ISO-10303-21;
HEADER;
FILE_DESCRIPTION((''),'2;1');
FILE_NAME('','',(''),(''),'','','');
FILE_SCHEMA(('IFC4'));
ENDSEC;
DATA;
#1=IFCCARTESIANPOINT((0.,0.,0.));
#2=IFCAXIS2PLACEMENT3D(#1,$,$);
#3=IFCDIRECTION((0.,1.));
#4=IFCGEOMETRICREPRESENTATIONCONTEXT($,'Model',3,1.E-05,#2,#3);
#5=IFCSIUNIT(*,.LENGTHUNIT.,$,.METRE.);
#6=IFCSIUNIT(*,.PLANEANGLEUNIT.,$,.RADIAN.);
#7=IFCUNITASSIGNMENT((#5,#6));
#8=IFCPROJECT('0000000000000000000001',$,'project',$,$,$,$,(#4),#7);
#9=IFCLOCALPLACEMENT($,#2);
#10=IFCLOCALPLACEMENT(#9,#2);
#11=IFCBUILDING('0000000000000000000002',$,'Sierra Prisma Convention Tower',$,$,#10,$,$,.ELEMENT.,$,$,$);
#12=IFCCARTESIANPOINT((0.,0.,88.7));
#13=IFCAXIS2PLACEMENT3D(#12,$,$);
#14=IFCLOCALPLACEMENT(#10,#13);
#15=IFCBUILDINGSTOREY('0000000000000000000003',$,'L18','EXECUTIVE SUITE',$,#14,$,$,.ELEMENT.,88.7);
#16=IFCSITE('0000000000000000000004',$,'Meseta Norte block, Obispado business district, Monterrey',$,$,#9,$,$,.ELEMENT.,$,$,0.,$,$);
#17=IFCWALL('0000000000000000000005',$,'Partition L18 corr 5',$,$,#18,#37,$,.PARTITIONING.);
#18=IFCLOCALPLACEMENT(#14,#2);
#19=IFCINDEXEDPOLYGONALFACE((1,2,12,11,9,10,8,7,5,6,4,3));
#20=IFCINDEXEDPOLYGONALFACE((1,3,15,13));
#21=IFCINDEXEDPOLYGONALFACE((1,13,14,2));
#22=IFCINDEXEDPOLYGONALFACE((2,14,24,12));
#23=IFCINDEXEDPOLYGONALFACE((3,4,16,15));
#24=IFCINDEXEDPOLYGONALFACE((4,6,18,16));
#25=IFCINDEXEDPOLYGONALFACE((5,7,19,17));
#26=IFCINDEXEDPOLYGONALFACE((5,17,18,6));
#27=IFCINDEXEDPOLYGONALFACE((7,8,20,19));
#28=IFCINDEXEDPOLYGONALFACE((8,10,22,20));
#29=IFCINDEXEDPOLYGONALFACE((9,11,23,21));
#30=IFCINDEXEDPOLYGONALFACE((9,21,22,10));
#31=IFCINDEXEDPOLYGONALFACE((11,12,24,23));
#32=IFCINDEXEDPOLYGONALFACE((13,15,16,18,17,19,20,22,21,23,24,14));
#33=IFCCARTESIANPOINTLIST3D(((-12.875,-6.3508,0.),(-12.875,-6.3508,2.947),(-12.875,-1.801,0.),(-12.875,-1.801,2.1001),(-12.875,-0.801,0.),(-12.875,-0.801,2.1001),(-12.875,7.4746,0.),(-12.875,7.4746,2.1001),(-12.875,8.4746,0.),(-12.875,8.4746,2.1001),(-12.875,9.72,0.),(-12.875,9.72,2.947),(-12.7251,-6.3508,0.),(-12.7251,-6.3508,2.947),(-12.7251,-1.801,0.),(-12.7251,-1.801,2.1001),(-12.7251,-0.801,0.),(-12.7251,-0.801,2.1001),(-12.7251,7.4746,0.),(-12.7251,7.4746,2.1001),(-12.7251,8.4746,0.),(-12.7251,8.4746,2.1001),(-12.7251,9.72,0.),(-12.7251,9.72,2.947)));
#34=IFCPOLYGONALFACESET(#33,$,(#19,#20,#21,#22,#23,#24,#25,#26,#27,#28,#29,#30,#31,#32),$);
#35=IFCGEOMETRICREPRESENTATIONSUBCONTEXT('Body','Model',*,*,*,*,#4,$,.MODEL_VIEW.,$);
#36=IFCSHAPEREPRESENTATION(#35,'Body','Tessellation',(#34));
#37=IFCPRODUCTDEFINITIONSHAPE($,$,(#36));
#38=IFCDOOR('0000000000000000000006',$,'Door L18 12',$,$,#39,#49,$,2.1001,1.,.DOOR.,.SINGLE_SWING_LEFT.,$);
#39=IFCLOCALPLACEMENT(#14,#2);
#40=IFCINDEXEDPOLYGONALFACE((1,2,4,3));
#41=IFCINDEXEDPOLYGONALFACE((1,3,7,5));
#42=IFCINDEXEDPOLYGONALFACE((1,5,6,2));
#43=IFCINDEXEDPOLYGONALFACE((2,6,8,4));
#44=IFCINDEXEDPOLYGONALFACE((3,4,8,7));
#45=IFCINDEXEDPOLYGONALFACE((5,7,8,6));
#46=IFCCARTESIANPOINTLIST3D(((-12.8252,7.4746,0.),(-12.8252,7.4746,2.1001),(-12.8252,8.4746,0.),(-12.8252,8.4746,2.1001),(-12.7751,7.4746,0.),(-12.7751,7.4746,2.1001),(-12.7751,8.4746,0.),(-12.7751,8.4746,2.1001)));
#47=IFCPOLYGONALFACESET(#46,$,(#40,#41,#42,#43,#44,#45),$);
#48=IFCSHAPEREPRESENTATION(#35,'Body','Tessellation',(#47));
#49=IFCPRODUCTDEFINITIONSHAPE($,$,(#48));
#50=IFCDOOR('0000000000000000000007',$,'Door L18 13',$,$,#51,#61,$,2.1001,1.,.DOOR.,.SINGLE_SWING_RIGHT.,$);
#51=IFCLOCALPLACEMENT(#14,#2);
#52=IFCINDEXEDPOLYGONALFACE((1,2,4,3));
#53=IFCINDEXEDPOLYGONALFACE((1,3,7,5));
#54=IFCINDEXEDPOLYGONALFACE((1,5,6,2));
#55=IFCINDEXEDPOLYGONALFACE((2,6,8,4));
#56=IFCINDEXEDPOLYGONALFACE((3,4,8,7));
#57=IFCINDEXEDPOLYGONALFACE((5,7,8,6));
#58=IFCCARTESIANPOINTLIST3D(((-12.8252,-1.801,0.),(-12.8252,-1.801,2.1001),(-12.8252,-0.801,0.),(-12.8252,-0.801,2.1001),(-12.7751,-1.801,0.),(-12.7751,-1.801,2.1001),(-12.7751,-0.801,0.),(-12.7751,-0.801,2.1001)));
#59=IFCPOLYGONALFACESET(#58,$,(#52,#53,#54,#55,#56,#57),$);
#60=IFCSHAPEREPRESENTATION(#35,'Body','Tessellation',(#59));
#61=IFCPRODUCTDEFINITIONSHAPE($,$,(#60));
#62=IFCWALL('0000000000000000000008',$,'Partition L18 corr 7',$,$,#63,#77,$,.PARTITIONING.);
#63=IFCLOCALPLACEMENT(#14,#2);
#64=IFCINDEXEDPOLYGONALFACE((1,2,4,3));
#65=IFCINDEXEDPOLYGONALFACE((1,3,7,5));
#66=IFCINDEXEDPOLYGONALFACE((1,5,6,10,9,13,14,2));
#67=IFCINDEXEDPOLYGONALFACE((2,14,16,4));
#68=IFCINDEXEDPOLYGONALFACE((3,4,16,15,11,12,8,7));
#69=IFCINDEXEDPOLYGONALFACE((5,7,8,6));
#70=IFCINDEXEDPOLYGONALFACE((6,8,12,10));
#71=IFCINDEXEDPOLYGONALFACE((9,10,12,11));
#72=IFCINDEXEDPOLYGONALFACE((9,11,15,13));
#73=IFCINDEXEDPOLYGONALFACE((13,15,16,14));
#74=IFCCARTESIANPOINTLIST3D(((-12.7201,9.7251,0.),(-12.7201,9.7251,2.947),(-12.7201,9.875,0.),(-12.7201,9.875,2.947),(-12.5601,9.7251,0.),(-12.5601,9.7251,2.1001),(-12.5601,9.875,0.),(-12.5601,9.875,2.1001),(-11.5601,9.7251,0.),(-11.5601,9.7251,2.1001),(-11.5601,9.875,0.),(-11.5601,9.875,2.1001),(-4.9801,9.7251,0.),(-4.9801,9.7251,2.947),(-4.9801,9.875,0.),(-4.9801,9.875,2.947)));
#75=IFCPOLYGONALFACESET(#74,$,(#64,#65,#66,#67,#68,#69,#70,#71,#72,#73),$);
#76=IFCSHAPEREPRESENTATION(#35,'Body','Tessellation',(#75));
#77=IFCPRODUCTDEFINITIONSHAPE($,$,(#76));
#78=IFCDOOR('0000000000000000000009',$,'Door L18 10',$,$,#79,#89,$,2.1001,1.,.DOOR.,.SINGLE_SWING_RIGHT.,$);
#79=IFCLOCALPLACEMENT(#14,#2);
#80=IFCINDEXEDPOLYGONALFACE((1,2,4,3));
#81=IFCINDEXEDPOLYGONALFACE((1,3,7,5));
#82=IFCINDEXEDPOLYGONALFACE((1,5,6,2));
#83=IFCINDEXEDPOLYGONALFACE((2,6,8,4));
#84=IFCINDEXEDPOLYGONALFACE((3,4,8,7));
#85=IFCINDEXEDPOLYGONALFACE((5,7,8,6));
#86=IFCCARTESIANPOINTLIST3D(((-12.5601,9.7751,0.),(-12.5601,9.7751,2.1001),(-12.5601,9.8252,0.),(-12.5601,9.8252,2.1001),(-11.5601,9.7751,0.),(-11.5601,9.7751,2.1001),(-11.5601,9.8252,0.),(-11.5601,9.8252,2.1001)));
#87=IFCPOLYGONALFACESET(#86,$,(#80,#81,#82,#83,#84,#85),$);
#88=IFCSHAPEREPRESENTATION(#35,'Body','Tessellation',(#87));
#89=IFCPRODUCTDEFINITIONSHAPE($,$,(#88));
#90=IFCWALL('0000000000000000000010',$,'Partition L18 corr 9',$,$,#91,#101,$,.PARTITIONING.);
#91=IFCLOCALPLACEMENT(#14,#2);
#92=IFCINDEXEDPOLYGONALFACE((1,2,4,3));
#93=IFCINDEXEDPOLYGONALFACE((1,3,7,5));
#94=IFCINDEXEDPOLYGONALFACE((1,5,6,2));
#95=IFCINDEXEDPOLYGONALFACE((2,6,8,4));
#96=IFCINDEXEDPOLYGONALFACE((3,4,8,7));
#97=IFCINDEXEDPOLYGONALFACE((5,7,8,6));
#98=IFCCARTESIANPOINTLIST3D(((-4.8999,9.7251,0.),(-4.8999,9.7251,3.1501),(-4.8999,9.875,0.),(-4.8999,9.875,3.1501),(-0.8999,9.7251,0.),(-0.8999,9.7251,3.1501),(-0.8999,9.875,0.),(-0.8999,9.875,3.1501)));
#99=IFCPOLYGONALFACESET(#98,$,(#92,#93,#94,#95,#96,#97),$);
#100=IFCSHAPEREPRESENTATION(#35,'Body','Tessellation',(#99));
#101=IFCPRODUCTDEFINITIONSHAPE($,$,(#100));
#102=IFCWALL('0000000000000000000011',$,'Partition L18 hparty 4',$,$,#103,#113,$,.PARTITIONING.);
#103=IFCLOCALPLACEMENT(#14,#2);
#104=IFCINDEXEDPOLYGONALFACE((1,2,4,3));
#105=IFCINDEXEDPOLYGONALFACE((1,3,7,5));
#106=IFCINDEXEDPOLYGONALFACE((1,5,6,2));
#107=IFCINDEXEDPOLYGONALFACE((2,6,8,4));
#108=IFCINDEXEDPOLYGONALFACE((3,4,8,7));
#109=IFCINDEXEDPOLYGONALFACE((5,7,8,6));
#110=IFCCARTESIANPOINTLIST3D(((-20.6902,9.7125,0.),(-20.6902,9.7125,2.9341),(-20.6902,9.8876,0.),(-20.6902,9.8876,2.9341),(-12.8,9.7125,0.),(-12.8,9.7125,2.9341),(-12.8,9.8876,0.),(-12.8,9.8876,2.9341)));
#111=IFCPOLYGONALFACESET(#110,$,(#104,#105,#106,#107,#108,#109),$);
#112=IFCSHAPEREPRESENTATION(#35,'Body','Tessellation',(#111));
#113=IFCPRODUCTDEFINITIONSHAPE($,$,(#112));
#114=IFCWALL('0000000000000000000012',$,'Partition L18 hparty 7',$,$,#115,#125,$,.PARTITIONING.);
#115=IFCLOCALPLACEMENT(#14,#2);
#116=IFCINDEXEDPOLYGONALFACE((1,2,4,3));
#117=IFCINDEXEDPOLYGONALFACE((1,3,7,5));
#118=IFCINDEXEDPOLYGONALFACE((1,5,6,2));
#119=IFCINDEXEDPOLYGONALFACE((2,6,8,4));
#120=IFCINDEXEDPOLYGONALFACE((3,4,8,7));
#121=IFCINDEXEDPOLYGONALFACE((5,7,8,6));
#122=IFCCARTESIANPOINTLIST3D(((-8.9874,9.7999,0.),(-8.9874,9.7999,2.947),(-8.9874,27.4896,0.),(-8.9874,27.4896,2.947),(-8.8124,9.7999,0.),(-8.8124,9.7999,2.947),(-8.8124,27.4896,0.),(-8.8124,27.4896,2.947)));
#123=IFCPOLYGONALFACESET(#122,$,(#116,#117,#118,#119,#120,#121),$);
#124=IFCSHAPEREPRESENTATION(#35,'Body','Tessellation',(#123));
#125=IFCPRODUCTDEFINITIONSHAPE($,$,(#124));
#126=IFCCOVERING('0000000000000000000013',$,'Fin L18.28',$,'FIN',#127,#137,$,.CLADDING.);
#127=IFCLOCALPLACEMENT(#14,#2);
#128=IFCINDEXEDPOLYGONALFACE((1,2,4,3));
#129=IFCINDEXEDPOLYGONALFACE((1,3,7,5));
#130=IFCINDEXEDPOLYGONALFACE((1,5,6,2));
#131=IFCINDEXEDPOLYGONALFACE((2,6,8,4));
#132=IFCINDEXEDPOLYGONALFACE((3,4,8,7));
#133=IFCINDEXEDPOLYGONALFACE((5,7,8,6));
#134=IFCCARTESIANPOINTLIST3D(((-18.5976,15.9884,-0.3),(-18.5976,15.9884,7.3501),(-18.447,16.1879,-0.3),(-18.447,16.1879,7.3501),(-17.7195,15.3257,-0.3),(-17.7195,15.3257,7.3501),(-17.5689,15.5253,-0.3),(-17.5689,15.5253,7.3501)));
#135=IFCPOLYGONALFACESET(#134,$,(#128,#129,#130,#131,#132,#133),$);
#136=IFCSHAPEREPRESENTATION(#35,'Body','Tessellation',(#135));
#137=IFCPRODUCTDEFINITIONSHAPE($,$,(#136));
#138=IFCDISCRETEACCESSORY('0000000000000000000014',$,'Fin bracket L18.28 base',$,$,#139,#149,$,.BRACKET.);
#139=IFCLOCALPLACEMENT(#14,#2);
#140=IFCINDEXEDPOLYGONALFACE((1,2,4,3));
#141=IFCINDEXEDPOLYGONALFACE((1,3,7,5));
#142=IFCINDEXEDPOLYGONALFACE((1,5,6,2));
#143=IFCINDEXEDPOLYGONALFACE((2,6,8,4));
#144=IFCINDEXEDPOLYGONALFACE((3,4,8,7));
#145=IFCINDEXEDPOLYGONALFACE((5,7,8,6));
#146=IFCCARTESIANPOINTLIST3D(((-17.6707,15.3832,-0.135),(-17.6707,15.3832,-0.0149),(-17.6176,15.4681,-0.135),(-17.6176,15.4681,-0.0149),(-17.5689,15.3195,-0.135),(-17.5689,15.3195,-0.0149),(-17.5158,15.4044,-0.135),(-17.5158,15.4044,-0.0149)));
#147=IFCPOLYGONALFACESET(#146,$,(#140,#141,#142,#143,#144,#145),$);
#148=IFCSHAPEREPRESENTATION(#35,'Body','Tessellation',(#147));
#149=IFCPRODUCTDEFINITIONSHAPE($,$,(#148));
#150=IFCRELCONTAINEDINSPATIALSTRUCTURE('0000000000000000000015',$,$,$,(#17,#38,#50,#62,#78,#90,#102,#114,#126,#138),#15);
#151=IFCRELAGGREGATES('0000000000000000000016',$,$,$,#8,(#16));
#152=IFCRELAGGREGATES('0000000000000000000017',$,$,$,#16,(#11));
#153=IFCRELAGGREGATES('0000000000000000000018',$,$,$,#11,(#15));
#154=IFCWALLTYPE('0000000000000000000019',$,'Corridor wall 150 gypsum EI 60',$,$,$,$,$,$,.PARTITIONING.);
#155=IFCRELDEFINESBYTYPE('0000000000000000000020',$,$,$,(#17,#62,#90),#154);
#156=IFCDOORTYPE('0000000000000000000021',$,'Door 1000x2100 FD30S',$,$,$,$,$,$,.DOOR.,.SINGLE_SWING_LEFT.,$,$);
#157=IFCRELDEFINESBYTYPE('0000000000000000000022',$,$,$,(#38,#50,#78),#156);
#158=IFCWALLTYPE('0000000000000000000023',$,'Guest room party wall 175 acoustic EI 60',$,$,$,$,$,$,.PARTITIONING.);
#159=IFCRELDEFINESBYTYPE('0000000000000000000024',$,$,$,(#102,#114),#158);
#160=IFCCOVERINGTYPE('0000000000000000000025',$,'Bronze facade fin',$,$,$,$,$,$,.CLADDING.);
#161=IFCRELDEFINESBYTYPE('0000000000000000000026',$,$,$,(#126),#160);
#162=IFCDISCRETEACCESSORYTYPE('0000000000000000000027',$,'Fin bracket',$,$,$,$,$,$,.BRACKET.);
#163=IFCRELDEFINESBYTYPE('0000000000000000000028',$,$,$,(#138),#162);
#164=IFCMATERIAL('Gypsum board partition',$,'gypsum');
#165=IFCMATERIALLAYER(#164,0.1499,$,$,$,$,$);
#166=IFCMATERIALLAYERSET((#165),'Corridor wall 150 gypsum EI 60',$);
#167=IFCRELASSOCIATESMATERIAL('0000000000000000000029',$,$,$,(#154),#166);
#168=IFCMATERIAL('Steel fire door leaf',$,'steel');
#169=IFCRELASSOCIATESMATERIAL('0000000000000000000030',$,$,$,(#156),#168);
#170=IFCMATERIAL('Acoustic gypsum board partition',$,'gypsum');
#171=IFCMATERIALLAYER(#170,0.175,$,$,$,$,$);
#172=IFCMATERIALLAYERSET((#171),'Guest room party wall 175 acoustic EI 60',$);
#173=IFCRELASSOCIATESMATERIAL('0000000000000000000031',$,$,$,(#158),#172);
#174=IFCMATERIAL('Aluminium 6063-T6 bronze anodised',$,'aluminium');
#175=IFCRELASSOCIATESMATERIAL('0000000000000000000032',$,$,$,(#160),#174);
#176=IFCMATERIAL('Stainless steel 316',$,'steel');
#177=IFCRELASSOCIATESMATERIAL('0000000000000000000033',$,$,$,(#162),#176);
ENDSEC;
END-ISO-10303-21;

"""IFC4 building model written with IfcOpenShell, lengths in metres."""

from ifc_helpers import new_model, si_unit, direction, frame, frame_2d, origin, origin_2d, place, context, subcontext, project, spatial, rectangle, extrude, material, layer, layer_set, material_profile, profile_set, type_object, element, fill, save


model = new_model("IFC4")

# Units and contexts
model_context = context("Model", 3, precision=1e-05, world=origin(), true_north=direction((0.0, 1.0)))
body_context = subcontext(model_context, "Body", "Model", "MODEL_VIEW")
ifc_project = project(units=[si_unit("LENGTHUNIT", "METRE"), si_unit("PLANEANGLEUNIT", "RADIAN")], contexts=[model_context])

# Site, building, storey
site_placement = place(None, origin())
site = spatial("IfcSite", under=ifc_project, at=site_placement, Name="Meseta Norte block, Obispado business district, Monterrey", CompositionType="ELEMENT", RefElevation=0.0)
building_placement = place(site_placement, origin())
building = spatial("IfcBuilding", under=site, at=building_placement, Name="Sierra Prisma Convention Tower", CompositionType="ELEMENT")
storey_placement = place(building_placement, frame((0.0, 0.0, 88.7)))
storey = spatial("IfcBuildingStorey", under=building, at=storey_placement, Name="L18", Description="EXECUTIVE SUITE", CompositionType="ELEMENT", Elevation=88.7)

# Wall, openings, doors
ifc_material_1 = material(Name="Gypsum board partition", Category="gypsum")
ifc_layer_1 = layer(ifc_material_1, 0.1499)
ifc_layer_set_1 = layer_set([ifc_layer_1], Name="Corridor wall 150 gypsum EI 60")
wall_type_1 = type_object("IfcWallType", Name="Corridor wall 150 gypsum EI 60", PredefinedType="PARTITIONING", material=ifc_layer_set_1)
wall_1_placement = place(storey_placement, frame((-12.8, 9.72, 0.0), z_axis=(0.0, 0.0, 1.0), x_axis=(0.0, -1.0, 0.0)))
wall_1 = element("IfcWall", 1, at=wall_1_placement, inside=storey, type_object=wall_type_1, Name="Partition L18 corr 5", PredefinedType="PARTITIONING", context=body_context, shape_type="SweptSolid", body=[
    extrude(rectangle(XDim=16.0708, YDim=0.1499, at=frame_2d((8.0354, 0.0))), origin(), (0.0, 0.0, 1.0), 2.947),
])
opening_1_placement = place(wall_1_placement, frame((1.2454, 0.0, 0.0)))
opening_1 = element("IfcOpeningElement", 2, at=opening_1_placement, cuts=wall_1, PredefinedType="OPENING", context=body_context, shape_type="SweptSolid", body=[
    extrude(rectangle(XDim=1.0, YDim=2.1001, at=frame_2d((0.5, 1.05))), frame((0.0, 0.075, 0.0), z_axis=(0.0, -1.0, 0.0), x_axis=(1.0, 0.0, 0.0)), (0.0, 0.0, 1.0), 0.1499),
])
opening_2_placement = place(wall_1_placement, frame((10.521, 0.0, 0.0)))
opening_2 = element("IfcOpeningElement", 3, at=opening_2_placement, cuts=wall_1, PredefinedType="OPENING", context=body_context, shape_type="SweptSolid", body=[
    extrude(rectangle(XDim=1.0, YDim=2.1001, at=frame_2d((0.5, 1.05))), frame((0.0, 0.075, 0.0), z_axis=(0.0, -1.0, 0.0), x_axis=(1.0, 0.0, 0.0)), (0.0, 0.0, 1.0), 0.1499),
])
ifc_material_2 = material(Name="Steel fire door leaf", Category="steel")
door_type_1 = type_object("IfcDoorType", Name="Door 1000x2100 FD30S", OperationType="SINGLE_SWING_LEFT", PredefinedType="DOOR", material=ifc_material_2)
door_1_placement = place(opening_1_placement, origin())
door_1 = element("IfcDoor", 4, at=door_1_placement, inside=storey, type_object=door_type_1, Name="Door L18 12", OperationType="SINGLE_SWING_LEFT", OverallHeight=2.1001, OverallWidth=1.0, PredefinedType="DOOR", context=body_context, shape_type="SweptSolid", body=[
    extrude(rectangle(XDim=1.0, YDim=2.1001, at=frame_2d((0.5, 1.05))), frame((0.0, 0.0249, 0.0), z_axis=(0.0, -1.0, 0.0), x_axis=(1.0, 0.0, 0.0)), (0.0, 0.0, 1.0), 0.05),
])
fill(opening_1, door_1)
door_2_placement = place(opening_2_placement, origin())
door_2 = element("IfcDoor", 5, at=door_2_placement, inside=storey, type_object=door_type_1, Name="Door L18 13", OperationType="SINGLE_SWING_RIGHT", OverallHeight=2.1001, OverallWidth=1.0, PredefinedType="DOOR", context=body_context, shape_type="SweptSolid", body=[
    extrude(rectangle(XDim=1.0, YDim=2.1001, at=frame_2d((0.5, 1.05))), frame((0.0, 0.0249, 0.0), z_axis=(0.0, -1.0, 0.0), x_axis=(1.0, 0.0, 0.0)), (0.0, 0.0, 1.0), 0.05),
])
fill(opening_2, door_2)

# Wall, opening, door
wall_2_placement = place(storey_placement, frame((-4.98, 9.8, 0.0), z_axis=(0.0, 0.0, 1.0), x_axis=(-1.0, 0.0, 0.0)))
wall_2 = element("IfcWall", 6, at=wall_2_placement, inside=storey, type_object=wall_type_1, Name="Partition L18 corr 7", PredefinedType="PARTITIONING", context=body_context, shape_type="SweptSolid", body=[
    extrude(rectangle(XDim=7.74, YDim=0.1499, at=frame_2d((3.8701, 0.0))), origin(), (0.0, 0.0, 1.0), 2.947),
])
opening_3_placement = place(wall_2_placement, frame((6.5801, 0.0, 0.0)))
opening_3 = element("IfcOpeningElement", 7, at=opening_3_placement, cuts=wall_2, PredefinedType="OPENING", context=body_context, shape_type="SweptSolid", body=[
    extrude(rectangle(XDim=1.0, YDim=2.1001, at=frame_2d((0.5, 1.05))), frame((0.0, 0.075, 0.0), z_axis=(0.0, -1.0, 0.0), x_axis=(1.0, 0.0, 0.0)), (0.0, 0.0, 1.0), 0.1499),
])
door_3_placement = place(opening_3_placement, origin())
door_3 = element("IfcDoor", 8, at=door_3_placement, inside=storey, type_object=door_type_1, Name="Door L18 10", OperationType="SINGLE_SWING_RIGHT", OverallHeight=2.1001, OverallWidth=1.0, PredefinedType="DOOR", context=body_context, shape_type="SweptSolid", body=[
    extrude(rectangle(XDim=1.0, YDim=2.1001, at=frame_2d((0.5, 1.05))), frame((0.0, 0.0249, 0.0), z_axis=(0.0, -1.0, 0.0), x_axis=(1.0, 0.0, 0.0)), (0.0, 0.0, 1.0), 0.05),
])
fill(opening_3, door_3)

# Walls
wall_3_placement = place(storey_placement, frame((-0.8999, 9.8, 0.0), z_axis=(0.0, 0.0, 1.0), x_axis=(-1.0, 0.0, 0.0)))
element("IfcWall", 9, at=wall_3_placement, inside=storey, type_object=wall_type_1, Name="Partition L18 corr 9", PredefinedType="PARTITIONING", context=body_context, shape_type="SweptSolid", body=[
    extrude(rectangle(XDim=4.0, YDim=0.1499, at=frame_2d((2.0, 0.0))), origin(), (0.0, 0.0, 1.0), 3.1501),
])
ifc_material_3 = material(Name="Acoustic gypsum board partition", Category="gypsum")
ifc_layer_2 = layer(ifc_material_3, 0.175)
ifc_layer_set_2 = layer_set([ifc_layer_2], Name="Guest room party wall 175 acoustic EI 60")
wall_type_2 = type_object("IfcWallType", Name="Guest room party wall 175 acoustic EI 60", PredefinedType="PARTITIONING", material=ifc_layer_set_2)
wall_4_placement = place(storey_placement, frame((-12.8, 9.8, 0.0), z_axis=(0.0, 0.0, 1.0), x_axis=(-1.0, 0.0, 0.0)))
element("IfcWall", 10, at=wall_4_placement, inside=storey, type_object=wall_type_2, Name="Partition L18 hparty 4", PredefinedType="PARTITIONING", context=body_context, shape_type="SweptSolid", body=[
    extrude(rectangle(XDim=7.8901, YDim=0.175, at=frame_2d((3.9451, 0.0))), origin(), (0.0, 0.0, 1.0), 2.9341),
])
wall_5_placement = place(storey_placement, frame((-8.8999, 9.8, 0.0), z_axis=(0.0, 0.0, 1.0), x_axis=(0.0, 1.0, 0.0)))
element("IfcWall", 11, at=wall_5_placement, inside=storey, type_object=wall_type_2, Name="Partition L18 hparty 7", PredefinedType="PARTITIONING", context=body_context, shape_type="SweptSolid", body=[
    extrude(rectangle(XDim=17.6897, YDim=0.175, at=frame_2d((8.8447, 0.0))), origin(), (0.0, 0.0, 1.0), 2.947),
])

# Covering
ifc_material_4 = material(Name="Aluminium 6063-T6 bronze anodised", Category="aluminium")
ifc_material_profile_1 = material_profile(ifc_material_4, rectangle(XDim=1.1001, YDim=0.25, at=origin_2d()), Name="ALU FIN 1100x250")
ifc_profile_set_1 = profile_set([ifc_material_profile_1], Name="Aluminium 6063-T6 bronze anodised")
covering_type = type_object("IfcCoveringType", Name="Bronze facade fin", PredefinedType="CLADDING", material=ifc_profile_set_1)
covering_placement = place(storey_placement, frame((-18.0833, 15.7568, -0.3), z_axis=(0.0, 0.0, 1.0), x_axis=(-0.798229, 0.602354, 0.0)))
element("IfcCovering", 12, at=covering_placement, inside=storey, type_object=covering_type, Name="Fin L18.28", ObjectType="FIN", PredefinedType="CLADDING", context=body_context, shape_type="SweptSolid", body=[
    extrude(rectangle(XDim=1.1001, YDim=0.25, at=origin_2d()), origin(), (0.0, 0.0, 1.0), 7.6501),
])

# Discrete accessory
ifc_material_5 = material(Name="Stainless steel 316", Category="steel")
discrete_accessory_type = type_object("IfcDiscreteAccessoryType", Name="Fin bracket", PredefinedType="BRACKET", material=ifc_material_5)
discrete_accessory_placement = place(storey_placement, frame((-17.5933, 15.3938, -0.135), z_axis=(0.0, 0.0, 1.0), x_axis=(-0.84769, 0.530492, 0.0)))
element("IfcDiscreteAccessory", 13, at=discrete_accessory_placement, inside=storey, type_object=discrete_accessory_type, Name="Fin bracket L18.28 base", PredefinedType="BRACKET", context=body_context, shape_type="SweptSolid", body=[
    extrude(rectangle(XDim=0.1201, YDim=0.1001, at=origin_2d()), origin(), (0.0, 0.0, 1.0), 0.1201),
])

save(model, "model.ifc")
